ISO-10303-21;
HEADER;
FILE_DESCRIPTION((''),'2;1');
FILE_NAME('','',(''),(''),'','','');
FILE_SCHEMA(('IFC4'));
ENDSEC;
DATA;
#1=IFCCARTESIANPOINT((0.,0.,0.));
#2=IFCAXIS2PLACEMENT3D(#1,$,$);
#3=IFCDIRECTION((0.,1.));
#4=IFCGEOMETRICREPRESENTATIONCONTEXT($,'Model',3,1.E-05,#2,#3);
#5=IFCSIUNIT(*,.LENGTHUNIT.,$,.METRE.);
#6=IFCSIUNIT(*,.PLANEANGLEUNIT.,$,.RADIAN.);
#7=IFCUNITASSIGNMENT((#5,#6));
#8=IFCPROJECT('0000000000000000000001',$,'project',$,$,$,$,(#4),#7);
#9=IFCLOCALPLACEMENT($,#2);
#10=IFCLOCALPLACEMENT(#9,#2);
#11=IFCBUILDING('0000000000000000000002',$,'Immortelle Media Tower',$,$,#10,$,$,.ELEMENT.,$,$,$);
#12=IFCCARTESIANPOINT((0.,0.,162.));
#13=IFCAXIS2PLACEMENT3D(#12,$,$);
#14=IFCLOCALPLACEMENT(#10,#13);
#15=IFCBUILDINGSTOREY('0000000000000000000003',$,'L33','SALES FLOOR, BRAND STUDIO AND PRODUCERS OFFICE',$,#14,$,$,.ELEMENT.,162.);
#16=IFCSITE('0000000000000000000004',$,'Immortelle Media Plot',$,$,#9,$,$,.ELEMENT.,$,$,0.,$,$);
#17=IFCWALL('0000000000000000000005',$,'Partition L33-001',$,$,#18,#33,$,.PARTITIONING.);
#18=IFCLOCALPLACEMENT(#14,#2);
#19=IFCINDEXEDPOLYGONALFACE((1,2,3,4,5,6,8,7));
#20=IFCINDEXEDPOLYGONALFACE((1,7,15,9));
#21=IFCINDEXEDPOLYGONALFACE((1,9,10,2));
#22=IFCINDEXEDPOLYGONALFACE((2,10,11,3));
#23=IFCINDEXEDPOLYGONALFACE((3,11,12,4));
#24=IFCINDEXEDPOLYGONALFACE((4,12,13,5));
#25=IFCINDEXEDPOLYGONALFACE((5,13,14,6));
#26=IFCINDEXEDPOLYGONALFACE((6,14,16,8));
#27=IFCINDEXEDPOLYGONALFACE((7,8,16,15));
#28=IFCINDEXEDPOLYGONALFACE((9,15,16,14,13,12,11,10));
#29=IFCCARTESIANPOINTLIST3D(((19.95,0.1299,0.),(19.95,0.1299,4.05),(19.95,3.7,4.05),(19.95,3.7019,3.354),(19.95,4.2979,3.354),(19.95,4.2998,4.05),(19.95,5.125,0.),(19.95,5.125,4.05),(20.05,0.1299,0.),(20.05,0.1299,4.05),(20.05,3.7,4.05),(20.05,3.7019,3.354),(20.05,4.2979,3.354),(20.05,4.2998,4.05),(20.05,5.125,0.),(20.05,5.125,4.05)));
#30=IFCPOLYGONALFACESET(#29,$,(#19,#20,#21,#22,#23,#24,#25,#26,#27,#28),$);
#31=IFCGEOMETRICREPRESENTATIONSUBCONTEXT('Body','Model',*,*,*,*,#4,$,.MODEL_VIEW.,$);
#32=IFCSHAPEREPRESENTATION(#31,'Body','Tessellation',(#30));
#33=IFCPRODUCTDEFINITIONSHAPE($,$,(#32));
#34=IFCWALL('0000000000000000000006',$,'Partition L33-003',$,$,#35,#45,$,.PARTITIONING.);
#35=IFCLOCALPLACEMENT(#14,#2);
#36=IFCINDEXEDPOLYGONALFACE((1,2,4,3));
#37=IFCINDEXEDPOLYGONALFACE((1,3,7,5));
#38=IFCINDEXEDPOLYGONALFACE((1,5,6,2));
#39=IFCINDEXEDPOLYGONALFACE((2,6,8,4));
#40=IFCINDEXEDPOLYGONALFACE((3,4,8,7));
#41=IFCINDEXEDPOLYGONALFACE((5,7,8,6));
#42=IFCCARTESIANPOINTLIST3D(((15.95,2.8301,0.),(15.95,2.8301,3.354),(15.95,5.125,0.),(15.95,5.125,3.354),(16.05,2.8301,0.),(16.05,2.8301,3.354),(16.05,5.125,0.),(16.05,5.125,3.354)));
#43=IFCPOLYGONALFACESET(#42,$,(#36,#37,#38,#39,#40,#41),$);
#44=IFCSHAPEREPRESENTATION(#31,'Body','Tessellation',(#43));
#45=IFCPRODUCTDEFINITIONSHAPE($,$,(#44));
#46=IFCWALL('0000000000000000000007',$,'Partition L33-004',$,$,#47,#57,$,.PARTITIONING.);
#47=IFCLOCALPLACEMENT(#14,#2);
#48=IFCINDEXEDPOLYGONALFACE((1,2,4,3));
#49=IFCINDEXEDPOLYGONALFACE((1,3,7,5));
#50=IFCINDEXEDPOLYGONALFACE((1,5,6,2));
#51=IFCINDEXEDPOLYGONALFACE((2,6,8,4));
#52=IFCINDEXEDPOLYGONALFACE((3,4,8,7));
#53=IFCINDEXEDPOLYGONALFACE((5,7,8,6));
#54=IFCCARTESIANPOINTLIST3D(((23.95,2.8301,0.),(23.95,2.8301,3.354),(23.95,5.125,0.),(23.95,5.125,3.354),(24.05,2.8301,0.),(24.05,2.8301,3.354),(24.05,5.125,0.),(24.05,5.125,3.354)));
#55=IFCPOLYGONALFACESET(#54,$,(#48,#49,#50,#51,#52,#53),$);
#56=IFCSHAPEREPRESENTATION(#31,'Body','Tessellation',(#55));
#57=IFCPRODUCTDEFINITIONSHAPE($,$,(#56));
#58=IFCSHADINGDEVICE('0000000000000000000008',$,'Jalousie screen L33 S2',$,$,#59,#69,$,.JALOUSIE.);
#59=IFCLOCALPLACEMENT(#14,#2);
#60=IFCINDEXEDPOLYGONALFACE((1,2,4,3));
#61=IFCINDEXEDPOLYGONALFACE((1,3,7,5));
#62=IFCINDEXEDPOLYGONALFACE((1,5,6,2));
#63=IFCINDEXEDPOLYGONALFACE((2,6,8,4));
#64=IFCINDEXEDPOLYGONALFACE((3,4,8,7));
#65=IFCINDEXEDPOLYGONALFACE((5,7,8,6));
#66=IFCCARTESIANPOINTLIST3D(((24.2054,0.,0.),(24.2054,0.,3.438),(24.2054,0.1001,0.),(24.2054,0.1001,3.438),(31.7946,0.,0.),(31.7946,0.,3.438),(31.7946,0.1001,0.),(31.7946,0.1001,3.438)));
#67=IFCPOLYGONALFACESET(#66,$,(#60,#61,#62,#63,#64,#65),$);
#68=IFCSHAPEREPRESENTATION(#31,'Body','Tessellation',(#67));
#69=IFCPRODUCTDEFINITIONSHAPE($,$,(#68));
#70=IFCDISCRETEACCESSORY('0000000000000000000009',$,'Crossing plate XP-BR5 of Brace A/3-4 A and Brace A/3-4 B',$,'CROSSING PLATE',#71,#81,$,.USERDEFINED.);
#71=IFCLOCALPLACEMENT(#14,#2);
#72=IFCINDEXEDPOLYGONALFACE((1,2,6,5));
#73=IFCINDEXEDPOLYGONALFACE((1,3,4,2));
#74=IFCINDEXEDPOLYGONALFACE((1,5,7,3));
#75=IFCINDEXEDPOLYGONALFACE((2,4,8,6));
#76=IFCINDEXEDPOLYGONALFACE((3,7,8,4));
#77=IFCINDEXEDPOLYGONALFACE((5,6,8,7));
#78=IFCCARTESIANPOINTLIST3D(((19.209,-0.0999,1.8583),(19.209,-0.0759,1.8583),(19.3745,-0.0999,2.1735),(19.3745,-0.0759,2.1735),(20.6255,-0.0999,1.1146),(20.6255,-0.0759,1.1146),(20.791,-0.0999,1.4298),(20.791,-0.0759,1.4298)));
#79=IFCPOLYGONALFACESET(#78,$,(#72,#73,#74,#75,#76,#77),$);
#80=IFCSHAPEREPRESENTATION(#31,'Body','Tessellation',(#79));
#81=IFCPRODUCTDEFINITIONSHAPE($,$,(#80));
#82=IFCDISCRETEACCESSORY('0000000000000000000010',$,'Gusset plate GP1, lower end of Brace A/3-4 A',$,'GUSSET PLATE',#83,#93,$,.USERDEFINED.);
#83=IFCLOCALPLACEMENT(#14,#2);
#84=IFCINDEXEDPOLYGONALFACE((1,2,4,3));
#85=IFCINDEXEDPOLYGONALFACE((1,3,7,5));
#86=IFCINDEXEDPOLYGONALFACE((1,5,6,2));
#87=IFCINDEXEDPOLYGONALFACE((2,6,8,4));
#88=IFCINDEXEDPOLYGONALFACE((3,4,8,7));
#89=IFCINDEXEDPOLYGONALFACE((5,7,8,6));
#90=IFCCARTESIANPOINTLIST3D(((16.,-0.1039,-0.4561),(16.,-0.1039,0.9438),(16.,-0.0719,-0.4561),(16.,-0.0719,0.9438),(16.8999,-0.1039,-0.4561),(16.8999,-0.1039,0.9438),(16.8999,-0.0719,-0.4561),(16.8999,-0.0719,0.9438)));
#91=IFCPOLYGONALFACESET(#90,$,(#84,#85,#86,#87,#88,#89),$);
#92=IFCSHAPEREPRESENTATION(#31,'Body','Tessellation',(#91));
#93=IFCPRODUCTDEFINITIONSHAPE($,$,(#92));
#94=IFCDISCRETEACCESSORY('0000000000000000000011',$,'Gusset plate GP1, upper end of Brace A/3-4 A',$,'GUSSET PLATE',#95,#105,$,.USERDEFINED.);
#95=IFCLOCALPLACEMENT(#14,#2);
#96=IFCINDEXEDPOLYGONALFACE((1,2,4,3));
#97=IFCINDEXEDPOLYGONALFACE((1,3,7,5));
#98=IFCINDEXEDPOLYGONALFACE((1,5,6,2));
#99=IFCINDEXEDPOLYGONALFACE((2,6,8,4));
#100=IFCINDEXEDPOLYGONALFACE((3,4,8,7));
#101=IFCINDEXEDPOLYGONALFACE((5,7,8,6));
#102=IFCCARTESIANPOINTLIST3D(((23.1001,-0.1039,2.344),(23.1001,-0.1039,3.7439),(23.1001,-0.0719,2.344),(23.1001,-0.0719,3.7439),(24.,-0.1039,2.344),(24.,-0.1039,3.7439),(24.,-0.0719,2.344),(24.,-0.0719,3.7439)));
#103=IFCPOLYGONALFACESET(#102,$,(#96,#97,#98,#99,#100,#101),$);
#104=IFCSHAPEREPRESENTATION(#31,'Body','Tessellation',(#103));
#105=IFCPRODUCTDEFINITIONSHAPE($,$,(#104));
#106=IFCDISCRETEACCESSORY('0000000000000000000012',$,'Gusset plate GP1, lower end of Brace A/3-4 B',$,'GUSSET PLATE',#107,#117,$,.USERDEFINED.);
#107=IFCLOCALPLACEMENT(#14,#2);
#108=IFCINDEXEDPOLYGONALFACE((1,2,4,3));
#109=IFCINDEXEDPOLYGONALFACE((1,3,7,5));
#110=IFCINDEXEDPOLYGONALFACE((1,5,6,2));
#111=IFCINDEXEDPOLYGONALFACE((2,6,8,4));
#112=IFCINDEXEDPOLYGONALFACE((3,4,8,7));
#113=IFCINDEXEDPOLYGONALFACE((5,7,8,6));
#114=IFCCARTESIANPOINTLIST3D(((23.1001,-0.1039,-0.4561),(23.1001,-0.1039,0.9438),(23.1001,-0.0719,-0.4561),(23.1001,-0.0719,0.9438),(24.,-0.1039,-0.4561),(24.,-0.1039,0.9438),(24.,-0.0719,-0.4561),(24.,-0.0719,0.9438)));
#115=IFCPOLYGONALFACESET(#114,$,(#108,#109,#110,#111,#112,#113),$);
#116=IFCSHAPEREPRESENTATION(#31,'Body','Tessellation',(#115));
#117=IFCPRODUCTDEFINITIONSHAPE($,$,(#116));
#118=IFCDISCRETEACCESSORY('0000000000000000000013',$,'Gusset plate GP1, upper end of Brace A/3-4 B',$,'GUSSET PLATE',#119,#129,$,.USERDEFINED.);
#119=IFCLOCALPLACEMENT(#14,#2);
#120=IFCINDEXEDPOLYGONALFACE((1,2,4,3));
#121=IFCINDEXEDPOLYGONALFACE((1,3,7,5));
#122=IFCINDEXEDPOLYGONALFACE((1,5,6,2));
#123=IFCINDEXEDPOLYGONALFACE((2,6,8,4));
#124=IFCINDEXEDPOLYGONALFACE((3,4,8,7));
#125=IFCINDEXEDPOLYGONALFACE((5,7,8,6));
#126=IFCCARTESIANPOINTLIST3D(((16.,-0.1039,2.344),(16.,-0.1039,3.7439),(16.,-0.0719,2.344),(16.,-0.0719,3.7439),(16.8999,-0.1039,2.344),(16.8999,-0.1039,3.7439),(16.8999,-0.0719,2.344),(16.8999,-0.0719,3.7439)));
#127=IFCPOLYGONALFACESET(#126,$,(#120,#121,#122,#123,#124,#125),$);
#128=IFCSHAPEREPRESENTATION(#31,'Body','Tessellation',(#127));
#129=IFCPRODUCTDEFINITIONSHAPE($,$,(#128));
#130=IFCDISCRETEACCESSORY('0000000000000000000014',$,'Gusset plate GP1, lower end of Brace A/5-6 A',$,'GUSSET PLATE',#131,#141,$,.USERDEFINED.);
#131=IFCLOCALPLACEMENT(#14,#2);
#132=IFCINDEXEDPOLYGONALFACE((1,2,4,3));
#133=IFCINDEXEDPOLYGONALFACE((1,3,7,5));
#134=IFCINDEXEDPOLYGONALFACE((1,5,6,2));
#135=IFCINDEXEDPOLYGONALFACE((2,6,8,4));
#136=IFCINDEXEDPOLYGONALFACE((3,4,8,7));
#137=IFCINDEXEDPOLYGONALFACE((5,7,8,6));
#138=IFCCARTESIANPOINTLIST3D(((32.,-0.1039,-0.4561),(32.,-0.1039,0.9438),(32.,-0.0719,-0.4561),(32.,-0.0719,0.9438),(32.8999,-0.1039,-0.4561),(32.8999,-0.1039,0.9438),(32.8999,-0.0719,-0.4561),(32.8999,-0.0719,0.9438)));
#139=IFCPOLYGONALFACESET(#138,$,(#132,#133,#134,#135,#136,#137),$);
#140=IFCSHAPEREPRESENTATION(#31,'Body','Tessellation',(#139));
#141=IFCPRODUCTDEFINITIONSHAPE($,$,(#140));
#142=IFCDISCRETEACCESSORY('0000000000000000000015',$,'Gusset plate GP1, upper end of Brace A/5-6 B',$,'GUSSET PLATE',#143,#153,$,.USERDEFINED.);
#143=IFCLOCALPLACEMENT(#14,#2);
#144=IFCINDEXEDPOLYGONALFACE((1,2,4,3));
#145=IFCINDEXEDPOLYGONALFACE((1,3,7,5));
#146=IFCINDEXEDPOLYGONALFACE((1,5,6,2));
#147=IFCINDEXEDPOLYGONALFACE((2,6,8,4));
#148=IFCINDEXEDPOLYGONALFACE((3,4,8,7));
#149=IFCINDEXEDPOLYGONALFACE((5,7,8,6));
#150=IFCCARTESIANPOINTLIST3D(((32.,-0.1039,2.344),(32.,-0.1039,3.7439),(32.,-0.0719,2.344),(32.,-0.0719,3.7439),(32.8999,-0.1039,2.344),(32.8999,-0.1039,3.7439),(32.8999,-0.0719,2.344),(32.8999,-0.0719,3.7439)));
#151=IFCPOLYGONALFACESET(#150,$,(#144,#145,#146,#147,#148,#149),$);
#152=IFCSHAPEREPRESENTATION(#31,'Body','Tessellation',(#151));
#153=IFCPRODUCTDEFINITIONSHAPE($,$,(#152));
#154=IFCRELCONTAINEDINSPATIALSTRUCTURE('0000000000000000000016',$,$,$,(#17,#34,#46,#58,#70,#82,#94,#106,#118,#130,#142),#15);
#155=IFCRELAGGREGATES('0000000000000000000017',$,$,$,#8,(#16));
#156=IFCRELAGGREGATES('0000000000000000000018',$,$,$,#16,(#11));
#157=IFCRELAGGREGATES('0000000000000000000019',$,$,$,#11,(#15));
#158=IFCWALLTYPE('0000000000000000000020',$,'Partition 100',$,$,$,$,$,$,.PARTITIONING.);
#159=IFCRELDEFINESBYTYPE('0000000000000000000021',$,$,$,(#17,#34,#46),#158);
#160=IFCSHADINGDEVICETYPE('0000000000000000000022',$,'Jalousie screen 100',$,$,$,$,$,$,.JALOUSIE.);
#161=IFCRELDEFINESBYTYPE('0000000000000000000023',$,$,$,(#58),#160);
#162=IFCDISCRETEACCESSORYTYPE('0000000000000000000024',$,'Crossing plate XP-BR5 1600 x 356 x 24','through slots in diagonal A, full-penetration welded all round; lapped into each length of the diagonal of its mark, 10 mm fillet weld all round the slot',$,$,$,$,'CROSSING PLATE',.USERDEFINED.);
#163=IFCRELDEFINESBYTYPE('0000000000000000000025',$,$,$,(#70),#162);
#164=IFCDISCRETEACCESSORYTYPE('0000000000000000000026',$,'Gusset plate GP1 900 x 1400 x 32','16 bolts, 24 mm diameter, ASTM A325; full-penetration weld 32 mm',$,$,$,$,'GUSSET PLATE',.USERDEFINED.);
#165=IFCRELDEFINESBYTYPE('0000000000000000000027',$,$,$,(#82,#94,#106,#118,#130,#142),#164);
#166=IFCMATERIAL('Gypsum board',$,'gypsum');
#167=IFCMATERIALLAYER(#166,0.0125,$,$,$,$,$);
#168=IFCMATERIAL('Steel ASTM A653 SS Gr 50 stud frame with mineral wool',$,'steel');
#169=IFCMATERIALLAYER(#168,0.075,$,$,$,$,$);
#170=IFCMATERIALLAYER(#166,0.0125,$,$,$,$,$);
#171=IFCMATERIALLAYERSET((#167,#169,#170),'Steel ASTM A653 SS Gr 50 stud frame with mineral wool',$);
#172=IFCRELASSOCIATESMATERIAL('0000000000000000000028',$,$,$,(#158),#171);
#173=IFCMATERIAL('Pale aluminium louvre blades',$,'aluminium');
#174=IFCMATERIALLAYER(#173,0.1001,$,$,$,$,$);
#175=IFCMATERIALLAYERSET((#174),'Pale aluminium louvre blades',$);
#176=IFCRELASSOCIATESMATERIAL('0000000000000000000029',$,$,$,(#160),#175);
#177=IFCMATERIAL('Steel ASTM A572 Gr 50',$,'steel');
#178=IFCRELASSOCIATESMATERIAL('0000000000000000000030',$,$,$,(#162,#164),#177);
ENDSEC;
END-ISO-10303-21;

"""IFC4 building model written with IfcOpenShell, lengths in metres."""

from ifc_helpers import new_model, si_unit, direction, frame, frame_2d, origin, origin_2d, place, context, subcontext, project, spatial, polyline, rectangle, outline, extrude, material, layer, layer_set, material_profile, profile_set, type_object, element, save


model = new_model("IFC4")

# Units and contexts
model_context = context("Model", 3, precision=1e-05, world=origin(), true_north=direction((0.0, 1.0)))
body_context = subcontext(model_context, "Body", "Model", "MODEL_VIEW")
ifc_project = project(units=[si_unit("LENGTHUNIT", "METRE"), si_unit("PLANEANGLEUNIT", "RADIAN")], contexts=[model_context])

# Site, building, storey
site_placement = place(None, origin())
site = spatial("IfcSite", under=ifc_project, at=site_placement, Name="Immortelle Media Plot", CompositionType="ELEMENT", RefElevation=0.0)
building_placement = place(site_placement, origin())
building = spatial("IfcBuilding", under=site, at=building_placement, Name="Immortelle Media Tower", CompositionType="ELEMENT")
storey_placement = place(building_placement, frame((0.0, 0.0, 162.0)))
storey = spatial("IfcBuildingStorey", under=building, at=storey_placement, Name="L33", Description="SALES FLOOR, BRAND STUDIO AND PRODUCERS OFFICE", CompositionType="ELEMENT", Elevation=162.0)

# Shared definitions
ifc_material_1 = material(Name="Steel ASTM A653 SS Gr 50 stud frame with mineral wool", Category="steel")

# Walls
ifc_material_2 = material(Name="Gypsum board", Category="gypsum")
ifc_layer_1 = layer(ifc_material_2, 0.0125)
ifc_layer_2 = layer(ifc_material_1, 0.075)
ifc_layer_3 = layer(ifc_material_2, 0.0125)
ifc_layer_set_1 = layer_set([ifc_layer_1, ifc_layer_2, ifc_layer_3], Name="Steel ASTM A653 SS Gr 50 stud frame with mineral wool")
wall_type_1 = type_object("IfcWallType", Name="Partition 100", PredefinedType="PARTITIONING", material=ifc_layer_set_1)
wall_1_placement = place(storey_placement, frame((20.0, 0.1299, 0.0), z_axis=(0.0, 0.0, 1.0), x_axis=(0.0, 1.0, 0.0)))
element("IfcWall", 1, at=wall_1_placement, inside=storey, type_object=wall_type_1, Name="Partition L33-001", PredefinedType="PARTITIONING", context=body_context, shape_type="SweptSolid", body=[
    extrude(outline(polyline([(0.0, 0.0), (4.9951, 0.0), (4.9951, 4.05), (4.1699, 4.05), (4.168, 3.354), (3.572, 3.354), (3.5701, 4.05), (0.0, 4.05), (0.0, 0.0)])), frame((0.0, 0.05, 0.0), z_axis=(0.0, -1.0, 0.0), x_axis=(1.0, 0.0, 0.0)), (0.0, 0.0, 1.0), 0.1001),
])
for number, where, z_axis, x_axis, name in (
    (2, (16.0, 2.8301, 0.0), (0.0, 0.0, 1.0), (0.0, 1.0, 0.0), "Partition L33-003"),
    (3, (24.0, 2.8301, 0.0), (0.0, 0.0, 1.0), (0.0, 1.0, 0.0), "Partition L33-004"),
):
    element("IfcWall", number, at=place(storey_placement, frame(where, z_axis=z_axis, x_axis=x_axis)), inside=storey, type_object=wall_type_1, Name=name, PredefinedType="PARTITIONING", context=body_context, shape_type="SweptSolid", body=[
        extrude(rectangle(XDim=2.2949, YDim=0.1001, at=frame_2d((1.1475, 0.0))), origin(), (0.0, 0.0, 1.0), 3.354),
    ])

# Shading device
ifc_material_3 = material(Name="Pale aluminium louvre blades", Category="aluminium")
ifc_layer_4 = layer(ifc_material_3, 0.1001)
ifc_layer_set_2 = layer_set([ifc_layer_4], Name="Pale aluminium louvre blades")
shading_device_type = type_object("IfcShadingDeviceType", Name="Jalousie screen 100", PredefinedType="JALOUSIE", material=ifc_layer_set_2)
shading_device_placement = place(storey_placement, frame((28.0, 0.05, 0.0), z_axis=(0.0, 0.0, 1.0), x_axis=(1.0, 0.0, 0.0)))
element("IfcShadingDevice", 4, at=shading_device_placement, inside=storey, type_object=shading_device_type, Name="Jalousie screen L33 S2", PredefinedType="JALOUSIE", context=body_context, shape_type="SweptSolid", body=[
    extrude(rectangle(XDim=7.5891, YDim=0.1001, at=origin_2d()), origin(), (0.0, 0.0, 1.0), 3.438),
])

# Discrete accessories
ifc_material_4 = material(Name="Steel ASTM A572 Gr 50", Category="steel")
ifc_material_profile_1 = material_profile(ifc_material_4, rectangle(XDim=0.0239, YDim=0.356, at=origin_2d()), Name="PL 24 x 356")
ifc_profile_set_1 = profile_set([ifc_material_profile_1], Name="Steel ASTM A572 Gr 50")
discrete_accessory_type_1 = type_object("IfcDiscreteAccessoryType", Name="Crossing plate XP-BR5 1600 x 356 x 24", Description="through slots in diagonal A, full-penetration welded all round; lapped into each length of the diagonal of its mark, 10 mm fillet weld all round the slot", ElementType="CROSSING PLATE", PredefinedType="USERDEFINED", material=ifc_profile_set_1)
discrete_accessory_placement = place(storey_placement, frame((19.2917, -0.0879, 2.0159), z_axis=(0.885401, 0.0, -0.464828), x_axis=(0.0, 1.0, 0.0)))
element("IfcDiscreteAccessory", 5, at=discrete_accessory_placement, inside=storey, type_object=discrete_accessory_type_1, Name="Crossing plate XP-BR5 of Brace A/3-4 A and Brace A/3-4 B", ObjectType="CROSSING PLATE", PredefinedType="USERDEFINED", context=body_context, shape_type="SweptSolid", body=[
    extrude(rectangle(XDim=0.0239, YDim=0.356, at=origin_2d()), origin(), (0.0, 0.0, 1.0), 1.5999),
])
ifc_material_profile_2 = material_profile(ifc_material_4, rectangle(XDim=0.032, YDim=1.3999, at=origin_2d()), Name="PL 32 x 1400")
ifc_profile_set_2 = profile_set([ifc_material_profile_2], Name="Steel ASTM A572 Gr 50")
discrete_accessory_type_2 = type_object("IfcDiscreteAccessoryType", Name="Gusset plate GP1 900 x 1400 x 32", Description="16 bolts, 24 mm diameter, ASTM A325; full-penetration weld 32 mm", ElementType="GUSSET PLATE", PredefinedType="USERDEFINED", material=ifc_profile_set_2)
for number, where, z_axis, x_axis, name in (
    (6, (16.0, -0.0879, 0.2439), (1.0, 0.0, 0.0), (0.0, 1.0, 0.0), "Gusset plate GP1, lower end of Brace A/3-4 A"),
    (7, (24.0, -0.0879, 3.0439), (-1.0, 0.0, 0.0), (0.0, -1.0, 0.0), "Gusset plate GP1, upper end of Brace A/3-4 A"),
    (8, (24.0, -0.0879, 0.2439), (-1.0, 0.0, 0.0), (0.0, -1.0, 0.0), "Gusset plate GP1, lower end of Brace A/3-4 B"),
    (9, (16.0, -0.0879, 3.0439), (1.0, 0.0, 0.0), (0.0, 1.0, 0.0), "Gusset plate GP1, upper end of Brace A/3-4 B"),
    (10, (32.0, -0.0879, 0.2439), (1.0, 0.0, 0.0), (0.0, 1.0, 0.0), "Gusset plate GP1, lower end of Brace A/5-6 A"),
    (11, (32.0, -0.0879, 3.0439), (1.0, 0.0, 0.0), (0.0, 1.0, 0.0), "Gusset plate GP1, upper end of Brace A/5-6 B"),
):
    element("IfcDiscreteAccessory", number, at=place(storey_placement, frame(where, z_axis=z_axis, x_axis=x_axis)), inside=storey, type_object=discrete_accessory_type_2, Name=name, ObjectType="GUSSET PLATE", PredefinedType="USERDEFINED", context=body_context, shape_type="SweptSolid", body=[
        extrude(rectangle(XDim=0.032, YDim=1.3999, at=origin_2d()), origin(), (0.0, 0.0, 1.0), 0.8999),
    ])

save(model, "model.ifc")
